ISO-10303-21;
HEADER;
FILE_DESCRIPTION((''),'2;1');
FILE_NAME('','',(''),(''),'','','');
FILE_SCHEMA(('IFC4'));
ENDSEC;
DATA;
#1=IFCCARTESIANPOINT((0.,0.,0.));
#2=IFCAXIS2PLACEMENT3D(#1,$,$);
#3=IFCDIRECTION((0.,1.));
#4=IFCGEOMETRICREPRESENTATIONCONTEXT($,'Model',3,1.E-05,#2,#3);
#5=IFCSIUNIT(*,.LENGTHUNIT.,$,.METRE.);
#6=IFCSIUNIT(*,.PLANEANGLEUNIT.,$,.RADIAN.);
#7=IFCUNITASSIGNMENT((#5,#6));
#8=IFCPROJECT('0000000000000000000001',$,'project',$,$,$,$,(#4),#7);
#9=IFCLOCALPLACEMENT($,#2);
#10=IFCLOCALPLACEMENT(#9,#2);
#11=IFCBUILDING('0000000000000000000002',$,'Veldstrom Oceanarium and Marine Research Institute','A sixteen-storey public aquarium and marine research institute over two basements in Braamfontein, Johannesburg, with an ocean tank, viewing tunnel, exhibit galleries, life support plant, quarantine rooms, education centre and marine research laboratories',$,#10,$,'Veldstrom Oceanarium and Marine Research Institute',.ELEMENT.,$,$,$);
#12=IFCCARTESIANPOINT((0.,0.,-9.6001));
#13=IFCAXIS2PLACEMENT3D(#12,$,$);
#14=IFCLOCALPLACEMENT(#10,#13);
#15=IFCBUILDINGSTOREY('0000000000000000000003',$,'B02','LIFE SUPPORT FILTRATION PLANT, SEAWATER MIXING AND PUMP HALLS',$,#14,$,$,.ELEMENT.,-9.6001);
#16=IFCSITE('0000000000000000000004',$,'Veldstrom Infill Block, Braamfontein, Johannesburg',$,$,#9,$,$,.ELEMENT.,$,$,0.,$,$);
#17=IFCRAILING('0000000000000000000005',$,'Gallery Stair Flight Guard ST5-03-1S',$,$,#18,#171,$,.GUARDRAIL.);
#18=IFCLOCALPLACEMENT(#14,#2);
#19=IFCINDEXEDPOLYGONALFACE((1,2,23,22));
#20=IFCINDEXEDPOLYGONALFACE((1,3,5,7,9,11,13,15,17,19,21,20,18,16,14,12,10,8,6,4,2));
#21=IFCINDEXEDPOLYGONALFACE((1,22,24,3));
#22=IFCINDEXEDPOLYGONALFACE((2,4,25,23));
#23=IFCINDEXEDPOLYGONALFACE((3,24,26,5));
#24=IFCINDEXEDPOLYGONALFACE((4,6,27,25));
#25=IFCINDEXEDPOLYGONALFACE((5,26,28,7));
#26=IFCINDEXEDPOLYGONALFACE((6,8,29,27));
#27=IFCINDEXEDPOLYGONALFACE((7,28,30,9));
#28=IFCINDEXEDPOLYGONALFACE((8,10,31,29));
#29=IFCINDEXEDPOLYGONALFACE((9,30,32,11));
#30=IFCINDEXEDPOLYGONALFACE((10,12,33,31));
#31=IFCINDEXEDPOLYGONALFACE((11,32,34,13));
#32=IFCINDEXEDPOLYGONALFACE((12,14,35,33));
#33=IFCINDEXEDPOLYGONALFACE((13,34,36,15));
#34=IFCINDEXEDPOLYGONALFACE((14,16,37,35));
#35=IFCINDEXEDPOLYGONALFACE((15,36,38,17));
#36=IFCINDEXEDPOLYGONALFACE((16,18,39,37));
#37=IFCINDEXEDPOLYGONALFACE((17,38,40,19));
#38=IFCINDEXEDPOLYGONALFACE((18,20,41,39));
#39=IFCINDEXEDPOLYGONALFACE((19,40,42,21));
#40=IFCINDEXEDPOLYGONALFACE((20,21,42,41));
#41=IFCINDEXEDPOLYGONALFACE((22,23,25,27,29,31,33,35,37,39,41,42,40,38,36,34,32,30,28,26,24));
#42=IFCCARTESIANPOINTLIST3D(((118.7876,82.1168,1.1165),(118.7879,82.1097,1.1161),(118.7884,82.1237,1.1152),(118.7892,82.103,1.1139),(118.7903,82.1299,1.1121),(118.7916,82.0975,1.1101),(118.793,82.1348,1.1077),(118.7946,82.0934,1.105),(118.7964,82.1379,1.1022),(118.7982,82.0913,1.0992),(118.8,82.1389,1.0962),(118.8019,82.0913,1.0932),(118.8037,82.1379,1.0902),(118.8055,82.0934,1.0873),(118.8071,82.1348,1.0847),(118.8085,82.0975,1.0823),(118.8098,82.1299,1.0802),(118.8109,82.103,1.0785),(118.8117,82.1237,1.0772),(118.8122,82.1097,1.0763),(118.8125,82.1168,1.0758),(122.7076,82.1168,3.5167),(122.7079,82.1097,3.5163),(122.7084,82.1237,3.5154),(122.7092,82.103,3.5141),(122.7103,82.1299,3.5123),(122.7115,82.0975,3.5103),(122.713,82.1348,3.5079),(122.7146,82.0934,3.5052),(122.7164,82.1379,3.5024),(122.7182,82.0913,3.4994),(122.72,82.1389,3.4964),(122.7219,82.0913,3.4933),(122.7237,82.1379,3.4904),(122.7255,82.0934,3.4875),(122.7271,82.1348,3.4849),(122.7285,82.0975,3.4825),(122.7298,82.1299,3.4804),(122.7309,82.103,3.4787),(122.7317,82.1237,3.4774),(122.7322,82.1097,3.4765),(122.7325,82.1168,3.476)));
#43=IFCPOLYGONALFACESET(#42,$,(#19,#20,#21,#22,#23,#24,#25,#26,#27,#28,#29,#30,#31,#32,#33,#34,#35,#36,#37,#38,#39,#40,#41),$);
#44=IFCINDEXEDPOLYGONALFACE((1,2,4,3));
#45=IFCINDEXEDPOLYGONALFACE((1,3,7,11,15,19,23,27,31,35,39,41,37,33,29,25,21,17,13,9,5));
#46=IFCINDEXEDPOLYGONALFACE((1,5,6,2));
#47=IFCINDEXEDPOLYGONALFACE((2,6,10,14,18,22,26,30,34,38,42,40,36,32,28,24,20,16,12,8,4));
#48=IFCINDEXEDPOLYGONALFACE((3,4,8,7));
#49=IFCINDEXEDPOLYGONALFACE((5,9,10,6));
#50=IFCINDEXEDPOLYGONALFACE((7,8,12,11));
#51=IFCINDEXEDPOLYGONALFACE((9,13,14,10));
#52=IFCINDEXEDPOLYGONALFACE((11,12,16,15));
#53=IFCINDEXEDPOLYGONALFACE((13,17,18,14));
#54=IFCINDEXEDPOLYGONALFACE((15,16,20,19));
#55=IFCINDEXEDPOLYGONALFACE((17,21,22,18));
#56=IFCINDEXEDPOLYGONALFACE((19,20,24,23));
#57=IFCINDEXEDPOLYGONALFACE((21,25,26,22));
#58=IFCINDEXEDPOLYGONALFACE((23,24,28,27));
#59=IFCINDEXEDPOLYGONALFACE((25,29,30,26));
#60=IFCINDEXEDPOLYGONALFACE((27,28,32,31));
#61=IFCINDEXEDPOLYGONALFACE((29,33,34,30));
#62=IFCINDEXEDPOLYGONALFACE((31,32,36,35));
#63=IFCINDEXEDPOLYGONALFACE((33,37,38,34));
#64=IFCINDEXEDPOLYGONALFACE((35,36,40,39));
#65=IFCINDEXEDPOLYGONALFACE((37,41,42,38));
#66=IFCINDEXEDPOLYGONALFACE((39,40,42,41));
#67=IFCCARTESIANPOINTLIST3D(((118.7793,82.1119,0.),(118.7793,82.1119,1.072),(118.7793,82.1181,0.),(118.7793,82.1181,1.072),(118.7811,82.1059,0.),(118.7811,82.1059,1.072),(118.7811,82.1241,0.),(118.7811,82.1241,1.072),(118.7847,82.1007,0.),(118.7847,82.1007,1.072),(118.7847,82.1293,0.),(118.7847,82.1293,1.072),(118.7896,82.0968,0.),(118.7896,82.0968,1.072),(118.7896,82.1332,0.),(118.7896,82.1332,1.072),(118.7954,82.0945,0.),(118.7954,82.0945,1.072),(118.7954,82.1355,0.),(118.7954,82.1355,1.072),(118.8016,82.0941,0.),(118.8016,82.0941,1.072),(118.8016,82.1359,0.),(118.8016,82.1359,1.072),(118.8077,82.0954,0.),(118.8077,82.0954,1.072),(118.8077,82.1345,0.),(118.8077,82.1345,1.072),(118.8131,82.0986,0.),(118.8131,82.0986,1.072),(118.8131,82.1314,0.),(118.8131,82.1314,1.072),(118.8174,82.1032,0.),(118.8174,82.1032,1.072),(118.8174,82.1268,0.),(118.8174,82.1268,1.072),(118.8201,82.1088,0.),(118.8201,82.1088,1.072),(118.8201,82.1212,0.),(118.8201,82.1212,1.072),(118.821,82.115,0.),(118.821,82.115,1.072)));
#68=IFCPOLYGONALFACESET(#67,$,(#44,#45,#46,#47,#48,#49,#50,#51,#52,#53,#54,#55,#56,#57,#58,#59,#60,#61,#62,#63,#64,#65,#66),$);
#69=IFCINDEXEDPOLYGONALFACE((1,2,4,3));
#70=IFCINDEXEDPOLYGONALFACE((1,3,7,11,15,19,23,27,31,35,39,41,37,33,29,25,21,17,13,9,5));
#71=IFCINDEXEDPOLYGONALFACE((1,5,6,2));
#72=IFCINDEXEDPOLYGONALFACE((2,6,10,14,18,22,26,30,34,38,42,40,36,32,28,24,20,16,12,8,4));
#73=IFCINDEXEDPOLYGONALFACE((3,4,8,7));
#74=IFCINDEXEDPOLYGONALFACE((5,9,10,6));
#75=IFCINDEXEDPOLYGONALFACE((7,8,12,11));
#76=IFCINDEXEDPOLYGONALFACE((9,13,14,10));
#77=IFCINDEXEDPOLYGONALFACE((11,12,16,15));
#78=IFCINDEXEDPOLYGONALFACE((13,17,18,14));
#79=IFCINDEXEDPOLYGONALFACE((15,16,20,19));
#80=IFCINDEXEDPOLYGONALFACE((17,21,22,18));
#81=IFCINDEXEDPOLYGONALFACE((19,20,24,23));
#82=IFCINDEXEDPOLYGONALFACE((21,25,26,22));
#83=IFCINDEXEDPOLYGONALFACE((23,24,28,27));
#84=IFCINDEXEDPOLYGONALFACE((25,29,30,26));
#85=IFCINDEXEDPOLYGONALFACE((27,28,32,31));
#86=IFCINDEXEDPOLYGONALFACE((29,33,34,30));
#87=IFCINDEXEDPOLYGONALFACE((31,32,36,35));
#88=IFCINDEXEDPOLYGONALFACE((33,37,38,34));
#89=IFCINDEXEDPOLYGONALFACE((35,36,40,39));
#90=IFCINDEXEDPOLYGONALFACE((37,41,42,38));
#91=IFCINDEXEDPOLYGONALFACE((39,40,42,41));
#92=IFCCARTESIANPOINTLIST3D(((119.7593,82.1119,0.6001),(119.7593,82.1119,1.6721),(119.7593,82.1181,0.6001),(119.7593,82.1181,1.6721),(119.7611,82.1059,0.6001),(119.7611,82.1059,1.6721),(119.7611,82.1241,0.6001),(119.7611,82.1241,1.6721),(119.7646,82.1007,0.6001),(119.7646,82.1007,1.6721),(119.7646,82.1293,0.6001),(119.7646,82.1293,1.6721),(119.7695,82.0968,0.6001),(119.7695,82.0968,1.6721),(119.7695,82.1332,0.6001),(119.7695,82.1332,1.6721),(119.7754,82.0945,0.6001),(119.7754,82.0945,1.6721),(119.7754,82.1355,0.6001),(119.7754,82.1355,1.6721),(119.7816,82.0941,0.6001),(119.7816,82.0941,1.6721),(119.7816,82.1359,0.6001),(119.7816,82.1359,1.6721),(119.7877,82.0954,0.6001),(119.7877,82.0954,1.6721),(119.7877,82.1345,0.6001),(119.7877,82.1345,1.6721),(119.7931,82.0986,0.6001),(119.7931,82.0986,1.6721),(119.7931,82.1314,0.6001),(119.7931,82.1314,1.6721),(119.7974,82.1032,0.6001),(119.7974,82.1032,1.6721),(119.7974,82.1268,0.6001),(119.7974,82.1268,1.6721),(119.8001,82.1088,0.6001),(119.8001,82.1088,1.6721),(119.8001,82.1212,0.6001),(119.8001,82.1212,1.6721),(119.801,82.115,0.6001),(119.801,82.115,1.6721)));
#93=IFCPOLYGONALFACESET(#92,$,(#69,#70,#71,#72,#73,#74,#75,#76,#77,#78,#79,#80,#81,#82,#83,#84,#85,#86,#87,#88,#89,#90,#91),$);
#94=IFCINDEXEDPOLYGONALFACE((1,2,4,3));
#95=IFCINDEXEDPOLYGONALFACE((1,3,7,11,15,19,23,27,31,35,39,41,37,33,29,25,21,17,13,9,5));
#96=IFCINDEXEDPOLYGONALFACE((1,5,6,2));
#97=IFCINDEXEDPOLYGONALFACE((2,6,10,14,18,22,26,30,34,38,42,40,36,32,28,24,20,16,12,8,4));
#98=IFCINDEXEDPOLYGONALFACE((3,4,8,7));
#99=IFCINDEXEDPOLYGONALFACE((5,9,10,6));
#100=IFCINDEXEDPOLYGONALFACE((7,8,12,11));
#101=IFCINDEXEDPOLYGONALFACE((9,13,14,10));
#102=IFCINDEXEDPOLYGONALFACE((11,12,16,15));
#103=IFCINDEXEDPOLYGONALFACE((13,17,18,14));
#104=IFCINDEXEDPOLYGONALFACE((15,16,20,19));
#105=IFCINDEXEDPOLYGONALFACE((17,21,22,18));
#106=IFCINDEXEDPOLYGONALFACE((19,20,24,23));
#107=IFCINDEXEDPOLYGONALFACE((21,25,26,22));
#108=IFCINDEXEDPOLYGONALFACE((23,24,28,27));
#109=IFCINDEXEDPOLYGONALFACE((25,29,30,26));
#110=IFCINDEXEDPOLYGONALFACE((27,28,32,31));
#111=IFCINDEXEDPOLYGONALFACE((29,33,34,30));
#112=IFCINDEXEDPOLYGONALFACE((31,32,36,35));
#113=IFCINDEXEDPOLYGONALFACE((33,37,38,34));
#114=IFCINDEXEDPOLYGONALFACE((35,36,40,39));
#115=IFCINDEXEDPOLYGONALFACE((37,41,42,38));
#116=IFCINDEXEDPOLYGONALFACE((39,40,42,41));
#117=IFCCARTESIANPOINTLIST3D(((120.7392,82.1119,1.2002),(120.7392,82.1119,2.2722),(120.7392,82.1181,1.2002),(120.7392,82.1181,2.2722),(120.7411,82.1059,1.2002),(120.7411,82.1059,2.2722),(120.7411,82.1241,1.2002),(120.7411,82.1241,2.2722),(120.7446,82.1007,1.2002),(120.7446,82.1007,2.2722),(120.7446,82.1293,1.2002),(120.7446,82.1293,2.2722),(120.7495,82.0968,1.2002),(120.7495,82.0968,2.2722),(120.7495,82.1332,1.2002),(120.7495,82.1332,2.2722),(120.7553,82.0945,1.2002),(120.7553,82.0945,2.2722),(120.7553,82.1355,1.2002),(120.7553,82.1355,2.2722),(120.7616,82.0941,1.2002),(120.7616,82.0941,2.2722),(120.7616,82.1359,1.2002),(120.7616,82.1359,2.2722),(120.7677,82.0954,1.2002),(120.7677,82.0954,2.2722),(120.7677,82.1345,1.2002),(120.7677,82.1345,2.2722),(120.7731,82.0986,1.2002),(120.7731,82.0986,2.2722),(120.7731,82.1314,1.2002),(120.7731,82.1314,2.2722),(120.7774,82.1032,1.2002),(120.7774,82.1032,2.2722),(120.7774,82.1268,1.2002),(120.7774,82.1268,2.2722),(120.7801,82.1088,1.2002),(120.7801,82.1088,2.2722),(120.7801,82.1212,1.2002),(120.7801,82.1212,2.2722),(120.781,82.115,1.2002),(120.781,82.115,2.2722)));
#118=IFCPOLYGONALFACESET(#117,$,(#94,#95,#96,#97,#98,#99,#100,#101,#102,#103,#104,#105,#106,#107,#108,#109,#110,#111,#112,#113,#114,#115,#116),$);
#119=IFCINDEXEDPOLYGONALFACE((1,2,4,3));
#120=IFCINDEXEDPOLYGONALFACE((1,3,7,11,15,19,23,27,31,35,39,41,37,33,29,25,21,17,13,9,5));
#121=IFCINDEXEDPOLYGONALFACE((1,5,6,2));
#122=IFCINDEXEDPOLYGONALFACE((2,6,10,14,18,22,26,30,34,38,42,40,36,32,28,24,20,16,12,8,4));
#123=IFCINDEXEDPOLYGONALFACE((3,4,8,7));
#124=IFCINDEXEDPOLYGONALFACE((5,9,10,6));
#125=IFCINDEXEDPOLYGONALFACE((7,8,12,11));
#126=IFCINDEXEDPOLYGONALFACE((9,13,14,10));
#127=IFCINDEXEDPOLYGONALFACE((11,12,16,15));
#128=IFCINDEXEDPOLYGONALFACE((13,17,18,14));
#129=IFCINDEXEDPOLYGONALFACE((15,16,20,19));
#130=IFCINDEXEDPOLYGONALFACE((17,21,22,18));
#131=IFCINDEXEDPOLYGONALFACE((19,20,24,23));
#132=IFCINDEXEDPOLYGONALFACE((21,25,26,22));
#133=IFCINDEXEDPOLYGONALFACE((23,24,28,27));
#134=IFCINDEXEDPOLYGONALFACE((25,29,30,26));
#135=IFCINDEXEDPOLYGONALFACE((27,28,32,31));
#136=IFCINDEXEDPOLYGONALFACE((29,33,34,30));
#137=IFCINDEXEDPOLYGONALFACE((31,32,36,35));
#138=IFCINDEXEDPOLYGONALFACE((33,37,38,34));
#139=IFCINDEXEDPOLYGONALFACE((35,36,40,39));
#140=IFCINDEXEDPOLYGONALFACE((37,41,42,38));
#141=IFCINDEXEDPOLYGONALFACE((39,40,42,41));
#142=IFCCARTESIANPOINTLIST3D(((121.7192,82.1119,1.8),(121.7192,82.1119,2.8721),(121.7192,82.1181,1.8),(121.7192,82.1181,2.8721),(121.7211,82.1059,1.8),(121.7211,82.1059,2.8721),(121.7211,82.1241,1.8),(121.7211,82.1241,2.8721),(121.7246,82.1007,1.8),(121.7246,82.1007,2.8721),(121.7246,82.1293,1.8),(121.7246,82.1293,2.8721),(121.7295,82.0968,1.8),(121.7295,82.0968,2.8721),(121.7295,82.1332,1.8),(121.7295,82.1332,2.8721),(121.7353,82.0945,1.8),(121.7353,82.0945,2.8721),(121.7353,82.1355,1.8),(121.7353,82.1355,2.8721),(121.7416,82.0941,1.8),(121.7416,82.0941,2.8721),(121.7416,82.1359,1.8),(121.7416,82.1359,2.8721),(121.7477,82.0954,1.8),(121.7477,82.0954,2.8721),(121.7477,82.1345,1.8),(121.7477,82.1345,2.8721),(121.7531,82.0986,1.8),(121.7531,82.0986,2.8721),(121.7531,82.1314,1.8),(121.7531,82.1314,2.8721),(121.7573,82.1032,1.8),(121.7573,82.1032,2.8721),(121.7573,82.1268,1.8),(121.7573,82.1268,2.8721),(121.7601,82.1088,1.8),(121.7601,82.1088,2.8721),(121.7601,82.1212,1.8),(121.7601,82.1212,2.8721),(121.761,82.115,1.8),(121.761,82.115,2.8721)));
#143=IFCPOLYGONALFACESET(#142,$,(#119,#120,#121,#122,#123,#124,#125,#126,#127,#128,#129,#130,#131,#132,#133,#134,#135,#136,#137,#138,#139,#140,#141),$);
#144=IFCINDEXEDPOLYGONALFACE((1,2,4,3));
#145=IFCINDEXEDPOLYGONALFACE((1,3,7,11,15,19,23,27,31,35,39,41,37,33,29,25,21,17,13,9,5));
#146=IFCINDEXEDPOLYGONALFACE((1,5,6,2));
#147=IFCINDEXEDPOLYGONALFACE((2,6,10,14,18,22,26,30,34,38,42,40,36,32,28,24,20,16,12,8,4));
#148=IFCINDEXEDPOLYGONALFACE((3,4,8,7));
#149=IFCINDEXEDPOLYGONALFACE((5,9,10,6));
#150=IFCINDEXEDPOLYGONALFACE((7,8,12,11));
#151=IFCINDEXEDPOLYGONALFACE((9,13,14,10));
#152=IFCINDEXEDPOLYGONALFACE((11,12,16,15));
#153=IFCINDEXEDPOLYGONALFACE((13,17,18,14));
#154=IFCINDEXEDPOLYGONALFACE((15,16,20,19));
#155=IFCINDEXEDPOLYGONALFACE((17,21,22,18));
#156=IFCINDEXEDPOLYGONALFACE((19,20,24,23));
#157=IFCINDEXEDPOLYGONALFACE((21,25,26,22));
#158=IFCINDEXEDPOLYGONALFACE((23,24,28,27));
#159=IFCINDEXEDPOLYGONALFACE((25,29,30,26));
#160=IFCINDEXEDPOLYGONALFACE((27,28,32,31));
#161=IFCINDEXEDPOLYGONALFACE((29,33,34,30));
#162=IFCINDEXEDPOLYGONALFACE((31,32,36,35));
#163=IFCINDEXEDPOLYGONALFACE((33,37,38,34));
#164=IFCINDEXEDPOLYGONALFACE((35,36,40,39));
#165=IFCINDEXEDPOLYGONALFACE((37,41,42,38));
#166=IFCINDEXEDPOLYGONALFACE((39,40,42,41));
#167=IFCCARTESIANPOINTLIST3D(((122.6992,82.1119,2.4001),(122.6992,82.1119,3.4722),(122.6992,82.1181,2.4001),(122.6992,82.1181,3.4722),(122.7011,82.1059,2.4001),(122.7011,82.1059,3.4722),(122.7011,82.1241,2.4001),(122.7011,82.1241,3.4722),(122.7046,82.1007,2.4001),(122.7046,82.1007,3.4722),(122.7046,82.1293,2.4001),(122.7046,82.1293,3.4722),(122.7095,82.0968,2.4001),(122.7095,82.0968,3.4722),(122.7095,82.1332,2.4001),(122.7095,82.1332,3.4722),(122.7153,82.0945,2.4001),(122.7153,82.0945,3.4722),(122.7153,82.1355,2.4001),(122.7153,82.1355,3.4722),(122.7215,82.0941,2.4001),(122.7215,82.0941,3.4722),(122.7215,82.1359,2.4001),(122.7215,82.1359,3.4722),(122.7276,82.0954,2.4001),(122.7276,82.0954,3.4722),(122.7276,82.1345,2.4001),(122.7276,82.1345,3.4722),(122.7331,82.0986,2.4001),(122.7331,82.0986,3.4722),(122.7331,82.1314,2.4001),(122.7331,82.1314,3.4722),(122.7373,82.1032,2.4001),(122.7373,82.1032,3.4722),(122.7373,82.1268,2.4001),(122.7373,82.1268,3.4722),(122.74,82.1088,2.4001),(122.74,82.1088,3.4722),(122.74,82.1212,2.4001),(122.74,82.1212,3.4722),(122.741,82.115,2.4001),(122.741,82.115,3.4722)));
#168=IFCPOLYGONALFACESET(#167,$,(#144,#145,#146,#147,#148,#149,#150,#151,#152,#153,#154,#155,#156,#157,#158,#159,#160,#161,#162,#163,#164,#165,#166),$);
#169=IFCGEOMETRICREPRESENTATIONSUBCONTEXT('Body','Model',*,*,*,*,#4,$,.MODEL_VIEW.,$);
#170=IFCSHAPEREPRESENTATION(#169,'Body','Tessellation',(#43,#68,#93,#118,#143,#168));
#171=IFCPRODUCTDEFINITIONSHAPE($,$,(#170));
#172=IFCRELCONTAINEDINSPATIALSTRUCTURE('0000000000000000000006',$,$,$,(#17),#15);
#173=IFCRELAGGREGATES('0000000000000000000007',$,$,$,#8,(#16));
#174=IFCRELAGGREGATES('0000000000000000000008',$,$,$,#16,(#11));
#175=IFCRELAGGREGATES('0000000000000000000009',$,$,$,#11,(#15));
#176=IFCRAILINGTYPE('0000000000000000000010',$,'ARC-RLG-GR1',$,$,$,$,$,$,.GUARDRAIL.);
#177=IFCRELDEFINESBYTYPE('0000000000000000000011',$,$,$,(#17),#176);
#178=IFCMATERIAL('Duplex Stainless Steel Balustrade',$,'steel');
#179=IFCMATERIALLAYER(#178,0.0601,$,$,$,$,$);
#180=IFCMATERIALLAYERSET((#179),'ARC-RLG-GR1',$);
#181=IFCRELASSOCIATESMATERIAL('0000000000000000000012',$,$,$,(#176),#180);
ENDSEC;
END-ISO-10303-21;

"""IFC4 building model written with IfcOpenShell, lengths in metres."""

from ifc_helpers import new_model, si_unit, direction, frame, origin, origin_2d, place, context, subcontext, project, spatial, circle, extrude, material, layer, layer_set, type_object, element, save


model = new_model("IFC4")

# Units and contexts
model_context = context("Model", 3, precision=1e-05, world=origin(), true_north=direction((0.0, 1.0)))
body_context = subcontext(model_context, "Body", "Model", "MODEL_VIEW")
ifc_project = project(units=[si_unit("LENGTHUNIT", "METRE"), si_unit("PLANEANGLEUNIT", "RADIAN")], contexts=[model_context])

# Site, building, storey
site_placement = place(None, origin())
site = spatial("IfcSite", under=ifc_project, at=site_placement, Name="Veldstrom Infill Block, Braamfontein, Johannesburg", CompositionType="ELEMENT", RefElevation=0.0)
building_placement = place(site_placement, origin())
building = spatial("IfcBuilding", under=site, at=building_placement, Name="Veldstrom Oceanarium and Marine Research Institute", Description="A sixteen-storey public aquarium and marine research institute over two basements in Braamfontein, Johannesburg, with an ocean tank, viewing tunnel, exhibit galleries, life support plant, quarantine rooms, education centre and marine research laboratories", LongName="Veldstrom Oceanarium and Marine Research Institute", CompositionType="ELEMENT")
storey_placement = place(building_placement, frame((0.0, 0.0, -9.6001)))
storey = spatial("IfcBuildingStorey", under=building, at=storey_placement, Name="B02", Description="LIFE SUPPORT FILTRATION PLANT, SEAWATER MIXING AND PUMP HALLS", CompositionType="ELEMENT", Elevation=-9.6001)

# Railing
ifc_material_1 = material(Name="Duplex Stainless Steel Balustrade", Category="steel")
ifc_layer_1 = layer(ifc_material_1, 0.0601)
ifc_layer_set_1 = layer_set([ifc_layer_1], Name="ARC-RLG-GR1")
railing_type = type_object("IfcRailingType", Name="ARC-RLG-GR1", PredefinedType="GUARDRAIL", material=ifc_layer_set_1)
railing_1_placement = place(storey_placement, frame((118.8, 82.115, 0.0)))
element("IfcRailing", 1, at=railing_1_placement, inside=storey, type_object=railing_type, Name="Gallery Stair Flight Guard ST5-03-1S", PredefinedType="GUARDRAIL", context=body_context, shape_type="SweptSolid", body=[
    extrude(circle(Radius=0.0239, at=origin_2d()), frame((0.0, 0.0, 1.0962), z_axis=(0.852832, 0.0, 0.522185), x_axis=(0.0, 1.0, 0.0)), (0.0, 0.0, 1.0), 4.5964),
    extrude(circle(Radius=0.021, at=origin_2d()), origin(), (0.0, 0.0, 1.0), 1.072),
    extrude(circle(Radius=0.021, at=origin_2d()), frame((0.98, 0.0, 0.6001)), (0.0, 0.0, 1.0), 1.072),
    extrude(circle(Radius=0.021, at=origin_2d()), frame((1.96, 0.0, 1.2002)), (0.0, 0.0, 1.0), 1.072),
    extrude(circle(Radius=0.021, at=origin_2d()), frame((2.9399, 0.0, 1.8)), (0.0, 0.0, 1.0), 1.072),
    extrude(circle(Radius=0.021, at=origin_2d()), frame((3.9199, 0.0, 2.4001)), (0.0, 0.0, 1.0), 1.072),
])

save(model, "model.ifc")
